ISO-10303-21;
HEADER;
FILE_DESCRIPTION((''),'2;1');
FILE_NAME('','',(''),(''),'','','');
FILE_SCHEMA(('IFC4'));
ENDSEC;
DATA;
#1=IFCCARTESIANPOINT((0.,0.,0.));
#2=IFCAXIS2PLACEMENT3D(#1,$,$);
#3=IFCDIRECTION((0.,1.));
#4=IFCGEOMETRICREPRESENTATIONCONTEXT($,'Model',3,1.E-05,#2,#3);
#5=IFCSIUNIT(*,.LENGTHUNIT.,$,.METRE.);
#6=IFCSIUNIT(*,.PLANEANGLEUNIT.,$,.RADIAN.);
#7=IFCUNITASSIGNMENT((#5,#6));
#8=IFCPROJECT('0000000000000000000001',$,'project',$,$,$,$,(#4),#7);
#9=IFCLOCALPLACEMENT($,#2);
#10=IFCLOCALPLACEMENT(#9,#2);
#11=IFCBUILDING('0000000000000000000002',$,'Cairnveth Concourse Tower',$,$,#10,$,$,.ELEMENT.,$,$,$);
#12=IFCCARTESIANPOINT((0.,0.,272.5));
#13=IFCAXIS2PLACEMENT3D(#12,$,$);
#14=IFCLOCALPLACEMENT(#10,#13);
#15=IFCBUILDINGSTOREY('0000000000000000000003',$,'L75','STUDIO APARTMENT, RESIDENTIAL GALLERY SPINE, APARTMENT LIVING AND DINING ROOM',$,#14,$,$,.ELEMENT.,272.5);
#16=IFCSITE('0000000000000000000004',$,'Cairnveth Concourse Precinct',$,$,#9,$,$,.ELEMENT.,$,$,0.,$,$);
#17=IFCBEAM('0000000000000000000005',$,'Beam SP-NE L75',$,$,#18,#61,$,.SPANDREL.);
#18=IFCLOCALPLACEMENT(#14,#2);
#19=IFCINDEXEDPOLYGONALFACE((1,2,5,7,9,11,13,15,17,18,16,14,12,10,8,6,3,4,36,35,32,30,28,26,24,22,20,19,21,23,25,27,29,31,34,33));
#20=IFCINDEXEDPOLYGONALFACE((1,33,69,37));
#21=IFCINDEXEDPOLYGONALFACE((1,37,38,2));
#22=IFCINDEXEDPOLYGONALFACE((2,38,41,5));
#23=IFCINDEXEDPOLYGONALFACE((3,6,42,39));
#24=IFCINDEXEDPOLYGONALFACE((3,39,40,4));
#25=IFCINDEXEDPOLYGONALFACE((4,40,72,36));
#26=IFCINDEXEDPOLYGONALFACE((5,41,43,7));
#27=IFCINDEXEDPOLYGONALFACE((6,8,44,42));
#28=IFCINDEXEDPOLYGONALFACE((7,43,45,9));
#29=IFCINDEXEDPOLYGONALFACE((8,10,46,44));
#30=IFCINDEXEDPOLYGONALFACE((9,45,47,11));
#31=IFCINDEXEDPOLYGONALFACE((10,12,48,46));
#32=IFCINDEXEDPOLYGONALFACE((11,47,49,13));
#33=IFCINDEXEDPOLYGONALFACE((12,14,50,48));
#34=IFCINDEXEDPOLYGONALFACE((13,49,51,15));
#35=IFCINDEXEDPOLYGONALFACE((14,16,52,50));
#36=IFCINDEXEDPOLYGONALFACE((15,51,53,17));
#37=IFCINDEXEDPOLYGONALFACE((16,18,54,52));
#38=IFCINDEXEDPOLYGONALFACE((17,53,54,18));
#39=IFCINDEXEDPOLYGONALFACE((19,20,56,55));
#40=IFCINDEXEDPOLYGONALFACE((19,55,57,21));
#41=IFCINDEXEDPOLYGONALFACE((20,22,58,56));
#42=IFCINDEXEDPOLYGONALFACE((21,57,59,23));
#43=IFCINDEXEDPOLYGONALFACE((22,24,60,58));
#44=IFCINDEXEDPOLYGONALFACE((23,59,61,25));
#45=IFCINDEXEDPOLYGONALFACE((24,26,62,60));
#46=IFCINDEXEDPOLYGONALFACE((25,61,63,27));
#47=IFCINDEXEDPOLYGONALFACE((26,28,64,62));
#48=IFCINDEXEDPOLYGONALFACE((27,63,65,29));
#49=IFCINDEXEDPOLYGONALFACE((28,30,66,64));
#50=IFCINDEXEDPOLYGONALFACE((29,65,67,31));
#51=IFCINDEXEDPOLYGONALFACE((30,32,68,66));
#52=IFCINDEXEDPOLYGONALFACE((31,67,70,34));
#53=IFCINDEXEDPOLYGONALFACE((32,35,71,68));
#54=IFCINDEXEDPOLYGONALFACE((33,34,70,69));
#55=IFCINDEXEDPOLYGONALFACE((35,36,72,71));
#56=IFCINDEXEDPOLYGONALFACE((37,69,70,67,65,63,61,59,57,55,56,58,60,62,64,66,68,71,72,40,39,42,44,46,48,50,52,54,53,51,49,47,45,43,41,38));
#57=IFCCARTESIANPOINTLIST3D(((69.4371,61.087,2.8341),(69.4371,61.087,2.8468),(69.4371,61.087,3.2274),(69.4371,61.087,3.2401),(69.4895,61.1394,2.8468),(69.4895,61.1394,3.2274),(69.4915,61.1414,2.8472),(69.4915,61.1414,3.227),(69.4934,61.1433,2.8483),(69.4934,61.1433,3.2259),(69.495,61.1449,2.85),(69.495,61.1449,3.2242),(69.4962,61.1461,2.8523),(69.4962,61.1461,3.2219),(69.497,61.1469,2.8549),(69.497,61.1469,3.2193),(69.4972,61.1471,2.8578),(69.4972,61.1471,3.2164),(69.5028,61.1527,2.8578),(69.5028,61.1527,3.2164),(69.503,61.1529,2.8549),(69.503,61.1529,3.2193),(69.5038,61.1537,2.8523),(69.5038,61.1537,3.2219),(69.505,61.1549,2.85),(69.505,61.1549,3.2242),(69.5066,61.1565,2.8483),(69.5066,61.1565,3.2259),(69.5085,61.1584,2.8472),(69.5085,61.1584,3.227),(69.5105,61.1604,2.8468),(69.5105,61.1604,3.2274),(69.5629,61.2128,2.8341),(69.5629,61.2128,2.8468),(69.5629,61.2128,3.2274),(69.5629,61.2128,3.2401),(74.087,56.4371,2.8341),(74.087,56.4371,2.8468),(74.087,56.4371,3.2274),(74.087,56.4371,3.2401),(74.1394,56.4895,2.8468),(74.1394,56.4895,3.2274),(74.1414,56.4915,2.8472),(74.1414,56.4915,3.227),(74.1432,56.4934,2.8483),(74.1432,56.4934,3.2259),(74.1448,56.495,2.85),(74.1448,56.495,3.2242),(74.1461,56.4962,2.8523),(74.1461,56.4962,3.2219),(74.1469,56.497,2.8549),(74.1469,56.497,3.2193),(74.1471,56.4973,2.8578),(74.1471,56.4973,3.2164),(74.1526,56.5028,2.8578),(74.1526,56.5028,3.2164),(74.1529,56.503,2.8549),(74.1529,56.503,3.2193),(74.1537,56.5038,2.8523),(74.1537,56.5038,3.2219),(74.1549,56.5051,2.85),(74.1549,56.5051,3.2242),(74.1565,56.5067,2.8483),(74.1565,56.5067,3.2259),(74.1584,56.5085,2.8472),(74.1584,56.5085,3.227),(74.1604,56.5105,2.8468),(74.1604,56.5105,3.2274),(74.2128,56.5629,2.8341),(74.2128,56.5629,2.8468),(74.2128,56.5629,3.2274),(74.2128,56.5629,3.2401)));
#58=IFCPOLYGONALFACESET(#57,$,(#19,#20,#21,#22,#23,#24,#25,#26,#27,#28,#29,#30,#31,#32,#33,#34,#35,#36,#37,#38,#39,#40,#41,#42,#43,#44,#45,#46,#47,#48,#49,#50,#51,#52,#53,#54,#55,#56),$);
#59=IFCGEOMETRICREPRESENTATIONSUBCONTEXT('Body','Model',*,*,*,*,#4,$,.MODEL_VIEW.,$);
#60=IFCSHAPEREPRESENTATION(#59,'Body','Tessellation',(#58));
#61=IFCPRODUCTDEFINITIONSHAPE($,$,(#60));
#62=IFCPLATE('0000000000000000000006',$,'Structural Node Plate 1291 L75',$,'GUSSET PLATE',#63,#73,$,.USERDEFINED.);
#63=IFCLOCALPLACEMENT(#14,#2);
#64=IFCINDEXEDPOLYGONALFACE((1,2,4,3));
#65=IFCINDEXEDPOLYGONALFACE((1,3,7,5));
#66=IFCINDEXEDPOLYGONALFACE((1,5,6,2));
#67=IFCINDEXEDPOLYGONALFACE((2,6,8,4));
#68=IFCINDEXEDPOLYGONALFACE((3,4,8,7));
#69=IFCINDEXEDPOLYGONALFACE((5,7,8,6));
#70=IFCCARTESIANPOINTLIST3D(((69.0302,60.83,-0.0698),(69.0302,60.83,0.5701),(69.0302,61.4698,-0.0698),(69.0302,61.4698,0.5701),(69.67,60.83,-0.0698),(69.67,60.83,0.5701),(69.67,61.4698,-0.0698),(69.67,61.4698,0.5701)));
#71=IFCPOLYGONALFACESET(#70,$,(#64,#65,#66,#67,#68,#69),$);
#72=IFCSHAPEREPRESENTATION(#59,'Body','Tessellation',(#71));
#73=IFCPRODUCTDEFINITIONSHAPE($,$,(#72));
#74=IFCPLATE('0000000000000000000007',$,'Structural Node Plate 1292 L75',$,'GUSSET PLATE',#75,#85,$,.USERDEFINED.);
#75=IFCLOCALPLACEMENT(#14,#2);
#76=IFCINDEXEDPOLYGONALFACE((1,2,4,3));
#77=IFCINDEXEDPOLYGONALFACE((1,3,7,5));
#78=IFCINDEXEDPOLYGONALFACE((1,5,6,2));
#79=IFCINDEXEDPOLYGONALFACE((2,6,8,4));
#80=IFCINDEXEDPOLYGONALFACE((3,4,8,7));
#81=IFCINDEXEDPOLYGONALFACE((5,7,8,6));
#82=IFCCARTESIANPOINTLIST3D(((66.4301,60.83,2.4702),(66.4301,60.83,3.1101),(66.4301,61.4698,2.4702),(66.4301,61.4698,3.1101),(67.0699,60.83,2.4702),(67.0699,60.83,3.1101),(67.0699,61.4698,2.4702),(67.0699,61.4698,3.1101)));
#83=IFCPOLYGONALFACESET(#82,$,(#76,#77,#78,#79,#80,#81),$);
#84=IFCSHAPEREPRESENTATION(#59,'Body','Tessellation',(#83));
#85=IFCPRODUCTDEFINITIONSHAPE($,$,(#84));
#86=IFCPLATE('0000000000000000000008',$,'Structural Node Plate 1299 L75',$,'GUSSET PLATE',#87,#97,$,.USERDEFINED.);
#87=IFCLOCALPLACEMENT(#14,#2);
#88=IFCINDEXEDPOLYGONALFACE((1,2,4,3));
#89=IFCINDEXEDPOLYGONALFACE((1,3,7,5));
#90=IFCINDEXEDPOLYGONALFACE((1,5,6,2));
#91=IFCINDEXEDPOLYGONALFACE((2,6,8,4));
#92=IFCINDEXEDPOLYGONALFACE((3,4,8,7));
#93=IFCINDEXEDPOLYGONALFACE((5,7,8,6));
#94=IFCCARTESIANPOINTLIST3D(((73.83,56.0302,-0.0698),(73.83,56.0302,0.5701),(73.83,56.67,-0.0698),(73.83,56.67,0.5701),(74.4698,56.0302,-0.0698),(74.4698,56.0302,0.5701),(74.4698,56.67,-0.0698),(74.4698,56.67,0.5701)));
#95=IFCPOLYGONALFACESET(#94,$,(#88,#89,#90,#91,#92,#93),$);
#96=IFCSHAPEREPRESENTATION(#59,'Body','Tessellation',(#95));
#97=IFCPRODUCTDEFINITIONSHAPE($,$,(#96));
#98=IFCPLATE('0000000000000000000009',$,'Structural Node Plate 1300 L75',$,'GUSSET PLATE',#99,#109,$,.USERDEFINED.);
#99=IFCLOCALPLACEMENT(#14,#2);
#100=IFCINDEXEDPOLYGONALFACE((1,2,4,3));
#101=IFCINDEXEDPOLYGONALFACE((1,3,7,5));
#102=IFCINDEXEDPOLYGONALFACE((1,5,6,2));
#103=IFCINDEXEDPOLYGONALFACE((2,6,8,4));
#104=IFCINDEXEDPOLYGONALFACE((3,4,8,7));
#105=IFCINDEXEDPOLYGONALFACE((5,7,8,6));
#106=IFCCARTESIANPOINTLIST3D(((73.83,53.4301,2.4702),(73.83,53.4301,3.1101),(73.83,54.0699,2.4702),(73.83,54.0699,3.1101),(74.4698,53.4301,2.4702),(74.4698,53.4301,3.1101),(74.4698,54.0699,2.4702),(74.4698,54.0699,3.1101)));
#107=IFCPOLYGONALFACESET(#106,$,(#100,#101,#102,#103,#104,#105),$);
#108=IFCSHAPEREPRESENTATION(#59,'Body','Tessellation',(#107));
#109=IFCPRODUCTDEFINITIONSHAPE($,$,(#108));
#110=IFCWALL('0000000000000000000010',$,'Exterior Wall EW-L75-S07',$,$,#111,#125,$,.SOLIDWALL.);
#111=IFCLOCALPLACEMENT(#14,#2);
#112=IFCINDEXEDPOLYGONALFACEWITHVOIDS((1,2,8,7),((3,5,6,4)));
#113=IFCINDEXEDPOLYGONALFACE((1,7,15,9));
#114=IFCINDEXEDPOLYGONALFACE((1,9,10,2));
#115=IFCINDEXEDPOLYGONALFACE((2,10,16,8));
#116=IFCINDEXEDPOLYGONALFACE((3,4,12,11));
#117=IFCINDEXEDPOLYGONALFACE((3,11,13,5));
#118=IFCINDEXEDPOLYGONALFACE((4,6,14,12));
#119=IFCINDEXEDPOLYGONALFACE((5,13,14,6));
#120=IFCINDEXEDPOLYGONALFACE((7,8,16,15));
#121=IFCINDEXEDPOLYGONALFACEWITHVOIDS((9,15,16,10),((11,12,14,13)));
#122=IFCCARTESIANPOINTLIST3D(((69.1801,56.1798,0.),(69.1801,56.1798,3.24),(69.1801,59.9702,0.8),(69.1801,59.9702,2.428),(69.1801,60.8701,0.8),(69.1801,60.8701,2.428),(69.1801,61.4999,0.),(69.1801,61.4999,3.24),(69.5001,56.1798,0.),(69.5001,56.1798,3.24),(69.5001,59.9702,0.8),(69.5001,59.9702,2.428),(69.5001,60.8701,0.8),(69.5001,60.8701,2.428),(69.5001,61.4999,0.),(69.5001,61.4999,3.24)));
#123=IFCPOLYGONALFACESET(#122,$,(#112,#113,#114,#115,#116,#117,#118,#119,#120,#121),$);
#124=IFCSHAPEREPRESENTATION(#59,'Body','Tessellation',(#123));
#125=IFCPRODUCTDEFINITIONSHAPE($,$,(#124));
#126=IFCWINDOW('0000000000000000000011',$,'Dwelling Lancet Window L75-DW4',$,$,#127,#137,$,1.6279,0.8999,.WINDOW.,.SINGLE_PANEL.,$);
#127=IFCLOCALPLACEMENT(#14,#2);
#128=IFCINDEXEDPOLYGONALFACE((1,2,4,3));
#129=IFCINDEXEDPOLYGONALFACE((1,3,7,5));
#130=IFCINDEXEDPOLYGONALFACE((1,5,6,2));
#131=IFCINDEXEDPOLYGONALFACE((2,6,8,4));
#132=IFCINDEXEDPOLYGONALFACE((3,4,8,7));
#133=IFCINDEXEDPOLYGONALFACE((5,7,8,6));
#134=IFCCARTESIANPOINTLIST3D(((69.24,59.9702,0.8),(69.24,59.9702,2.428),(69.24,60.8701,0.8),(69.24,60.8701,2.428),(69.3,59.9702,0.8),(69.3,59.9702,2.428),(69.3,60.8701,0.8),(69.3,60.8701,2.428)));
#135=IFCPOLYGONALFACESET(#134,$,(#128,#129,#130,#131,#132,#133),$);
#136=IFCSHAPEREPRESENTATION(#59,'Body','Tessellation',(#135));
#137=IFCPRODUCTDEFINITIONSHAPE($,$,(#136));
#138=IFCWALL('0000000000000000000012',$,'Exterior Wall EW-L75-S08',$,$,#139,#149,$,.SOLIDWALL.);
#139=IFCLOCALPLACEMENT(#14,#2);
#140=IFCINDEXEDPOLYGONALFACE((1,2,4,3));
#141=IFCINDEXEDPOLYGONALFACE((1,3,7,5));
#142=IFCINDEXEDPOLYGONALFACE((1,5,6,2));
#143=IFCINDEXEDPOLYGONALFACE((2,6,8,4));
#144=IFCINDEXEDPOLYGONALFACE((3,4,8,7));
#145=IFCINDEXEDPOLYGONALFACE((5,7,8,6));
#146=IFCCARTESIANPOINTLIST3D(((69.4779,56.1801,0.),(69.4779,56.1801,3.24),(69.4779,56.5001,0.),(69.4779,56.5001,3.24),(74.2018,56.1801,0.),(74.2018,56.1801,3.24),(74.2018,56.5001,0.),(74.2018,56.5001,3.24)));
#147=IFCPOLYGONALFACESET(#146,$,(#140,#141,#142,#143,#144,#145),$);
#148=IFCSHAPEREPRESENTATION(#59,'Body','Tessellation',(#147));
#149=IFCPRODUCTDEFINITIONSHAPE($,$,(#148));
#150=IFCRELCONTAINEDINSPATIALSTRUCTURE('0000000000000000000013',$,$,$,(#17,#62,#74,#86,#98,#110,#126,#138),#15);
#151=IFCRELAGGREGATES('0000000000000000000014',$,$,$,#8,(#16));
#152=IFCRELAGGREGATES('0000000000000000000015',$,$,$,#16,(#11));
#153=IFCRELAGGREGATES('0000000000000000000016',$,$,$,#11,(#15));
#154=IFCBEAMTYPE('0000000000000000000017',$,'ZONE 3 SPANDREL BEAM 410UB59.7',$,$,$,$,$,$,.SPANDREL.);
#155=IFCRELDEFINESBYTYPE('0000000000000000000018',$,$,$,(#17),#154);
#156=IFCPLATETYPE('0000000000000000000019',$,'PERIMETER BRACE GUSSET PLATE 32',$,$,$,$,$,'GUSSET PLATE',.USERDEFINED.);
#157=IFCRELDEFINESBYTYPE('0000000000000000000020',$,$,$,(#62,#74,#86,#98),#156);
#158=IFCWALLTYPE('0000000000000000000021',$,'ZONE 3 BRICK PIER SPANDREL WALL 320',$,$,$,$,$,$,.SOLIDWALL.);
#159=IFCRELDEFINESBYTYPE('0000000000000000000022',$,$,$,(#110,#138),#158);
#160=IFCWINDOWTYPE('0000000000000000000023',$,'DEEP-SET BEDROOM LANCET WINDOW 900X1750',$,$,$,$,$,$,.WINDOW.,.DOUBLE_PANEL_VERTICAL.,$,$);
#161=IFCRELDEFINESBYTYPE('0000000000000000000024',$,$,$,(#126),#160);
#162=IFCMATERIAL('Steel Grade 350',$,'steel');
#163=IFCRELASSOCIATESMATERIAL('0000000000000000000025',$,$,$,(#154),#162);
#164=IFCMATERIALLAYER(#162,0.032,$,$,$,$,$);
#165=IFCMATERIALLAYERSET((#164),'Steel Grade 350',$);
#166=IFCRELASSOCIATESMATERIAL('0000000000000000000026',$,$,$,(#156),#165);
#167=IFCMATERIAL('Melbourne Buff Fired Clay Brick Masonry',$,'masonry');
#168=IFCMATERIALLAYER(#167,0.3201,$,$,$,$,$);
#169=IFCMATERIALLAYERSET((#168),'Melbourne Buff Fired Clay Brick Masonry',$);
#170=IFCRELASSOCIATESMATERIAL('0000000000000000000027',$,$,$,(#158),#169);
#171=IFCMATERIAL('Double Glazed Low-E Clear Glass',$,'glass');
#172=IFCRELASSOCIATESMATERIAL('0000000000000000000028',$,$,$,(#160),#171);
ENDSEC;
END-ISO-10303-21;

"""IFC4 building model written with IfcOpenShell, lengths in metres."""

from ifc_helpers import new_model, si_unit, direction, frame, frame_2d, origin, origin_2d, place, context, subcontext, project, spatial, rectangle, i_section, extrude, material, layer, layer_set, material_profile, profile_set, type_object, element, fill, save


model = new_model("IFC4")

# Units and contexts
model_context = context("Model", 3, precision=1e-05, world=origin(), true_north=direction((0.0, 1.0)))
body_context = subcontext(model_context, "Body", "Model", "MODEL_VIEW")
ifc_project = project(units=[si_unit("LENGTHUNIT", "METRE"), si_unit("PLANEANGLEUNIT", "RADIAN")], contexts=[model_context])

# Site, building, storey
site_placement = place(None, origin())
site = spatial("IfcSite", under=ifc_project, at=site_placement, Name="Cairnveth Concourse Precinct", CompositionType="ELEMENT", RefElevation=0.0)
building_placement = place(site_placement, origin())
building = spatial("IfcBuilding", under=site, at=building_placement, Name="Cairnveth Concourse Tower", CompositionType="ELEMENT")
storey_placement = place(building_placement, frame((0.0, 0.0, 272.5)))
storey = spatial("IfcBuildingStorey", under=building, at=storey_placement, Name="L75", Description="STUDIO APARTMENT, RESIDENTIAL GALLERY SPINE, APARTMENT LIVING AND DINING ROOM", CompositionType="ELEMENT", Elevation=272.5)

# Shared definitions
ifc_material_1 = material(Name="Steel Grade 350", Category="steel")

# Beam
ifc_material_profile_1 = material_profile(ifc_material_1, i_section(OverallWidth=0.178, OverallDepth=0.406, WebThickness=0.0078, FlangeThickness=0.0127, FilletRadius=0.011, at=origin_2d()), Name="410UB59.7")
ifc_profile_set_1 = profile_set([ifc_material_profile_1], Name="Steel Grade 350")
beam_type_1 = type_object("IfcBeamType", Name="ZONE 3 SPANDREL BEAM 410UB59.7", PredefinedType="SPANDREL", material=ifc_profile_set_1)
beam_1_placement = place(storey_placement, frame((69.5, 61.1499, 3.0371), z_axis=(0.707107, -0.707107, 0.0), x_axis=(0.707107, 0.707107, 0.0)))
element("IfcBeam", 1, at=beam_1_placement, inside=storey, type_object=beam_type_1, Name="Beam SP-NE L75", PredefinedType="SPANDREL", context=body_context, shape_type="SweptSolid", body=[
    extrude(i_section(OverallWidth=0.178, OverallDepth=0.406, WebThickness=0.0078, FlangeThickness=0.0127, FilletRadius=0.011, at=origin_2d()), origin(), (0.0, 0.0, 1.0), 6.5759),
])

# Plates
ifc_layer_1 = layer(ifc_material_1, 0.032)
ifc_layer_set_1 = layer_set([ifc_layer_1], Name="Steel Grade 350")
plate_type = type_object("IfcPlateType", Name="PERIMETER BRACE GUSSET PLATE 32", ElementType="GUSSET PLATE", PredefinedType="USERDEFINED", material=ifc_layer_set_1)
for number, where, z_axis, x_axis, name in (
    (2, (69.3501, 61.1499, -0.0698), (0.0, 0.0, 1.0), (1.0, 0.0, 0.0), "Structural Node Plate 1291 L75"),
    (3, (66.75, 61.1499, 2.4702), (0.0, 0.0, 1.0), (1.0, 0.0, 0.0), "Structural Node Plate 1292 L75"),
    (4, (74.1499, 56.3501, -0.0698), (0.0, 0.0, 1.0), (1.0, 0.0, 0.0), "Structural Node Plate 1299 L75"),
    (5, (74.1499, 53.75, 2.4702), (0.0, 0.0, 1.0), (1.0, 0.0, 0.0), "Structural Node Plate 1300 L75"),
):
    element("IfcPlate", number, at=place(storey_placement, frame(where, z_axis=z_axis, x_axis=x_axis)), inside=storey, type_object=plate_type, Name=name, ObjectType="GUSSET PLATE", PredefinedType="USERDEFINED", context=body_context, shape_type="SweptSolid", body=[
        extrude(rectangle(XDim=0.6399, YDim=0.6399, at=origin_2d()), origin(), (0.0, 0.0, 1.0), 0.6399),
    ])

# Wall, opening, window
ifc_material_2 = material(Name="Melbourne Buff Fired Clay Brick Masonry", Category="masonry")
ifc_layer_2 = layer(ifc_material_2, 0.3201)
ifc_layer_set_2 = layer_set([ifc_layer_2], Name="Melbourne Buff Fired Clay Brick Masonry")
wall_type = type_object("IfcWallType", Name="ZONE 3 BRICK PIER SPANDREL WALL 320", PredefinedType="SOLIDWALL", material=ifc_layer_set_2)
wall_1_placement = place(storey_placement, frame((69.3401, 61.5, 0.0), z_axis=(0.0, 0.0, 1.0), x_axis=(0.0, -1.0, 0.0)))
wall_1 = element("IfcWall", 6, at=wall_1_placement, inside=storey, type_object=wall_type, Name="Exterior Wall EW-L75-S07", PredefinedType="SOLIDWALL", context=body_context, shape_type="SweptSolid", body=[
    extrude(rectangle(XDim=5.3201, YDim=0.3201, at=frame_2d((2.6602, 0.0))), origin(), (0.0, 0.0, 1.0), 3.24),
])
opening_1_placement = place(wall_1_placement, frame((0.6299, 0.0, 0.8)))
opening_1 = element("IfcOpeningElement", 7, at=opening_1_placement, cuts=wall_1, PredefinedType="OPENING", context=body_context, shape_type="SweptSolid", body=[
    extrude(rectangle(XDim=0.8999, YDim=1.6279, at=frame_2d((0.45, 0.814))), frame((0.0, 0.1699, 0.0), z_axis=(0.0, -1.0, 0.0), x_axis=(1.0, 0.0, 0.0)), (0.0, 0.0, 1.0), 0.3401),
])
ifc_material_3 = material(Name="Double Glazed Low-E Clear Glass", Category="glass")
window_type_1 = type_object("IfcWindowType", Name="DEEP-SET BEDROOM LANCET WINDOW 900X1750", PartitioningType="DOUBLE_PANEL_VERTICAL", PredefinedType="WINDOW", material=ifc_material_3)
window_1_placement = place(opening_1_placement, origin())
window_1 = element("IfcWindow", 8, at=window_1_placement, inside=storey, type_object=window_type_1, Name="Dwelling Lancet Window L75-DW4", OverallHeight=1.6279, OverallWidth=0.8999, PartitioningType="SINGLE_PANEL", PredefinedType="WINDOW", context=body_context, shape_type="SweptSolid", body=[
    extrude(rectangle(XDim=0.8999, YDim=1.6279, at=frame_2d((0.45, 0.814))), frame((0.0, -0.04, 0.0), z_axis=(0.0, -1.0, 0.0), x_axis=(1.0, 0.0, 0.0)), (0.0, 0.0, 1.0), 0.0601),
])
fill(opening_1, window_1)

# Wall
wall_2_placement = place(storey_placement, frame((69.478, 56.3401, 0.0), z_axis=(0.0, 0.0, 1.0), x_axis=(1.0, 0.0, 0.0)))
element("IfcWall", 9, at=wall_2_placement, inside=storey, type_object=wall_type, Name="Exterior Wall EW-L75-S08", PredefinedType="SOLIDWALL", context=body_context, shape_type="SweptSolid", body=[
    extrude(rectangle(XDim=4.7239, YDim=0.3201, at=frame_2d((2.3618, 0.0))), origin(), (0.0, 0.0, 1.0), 3.24),
])

save(model, "model.ifc")
